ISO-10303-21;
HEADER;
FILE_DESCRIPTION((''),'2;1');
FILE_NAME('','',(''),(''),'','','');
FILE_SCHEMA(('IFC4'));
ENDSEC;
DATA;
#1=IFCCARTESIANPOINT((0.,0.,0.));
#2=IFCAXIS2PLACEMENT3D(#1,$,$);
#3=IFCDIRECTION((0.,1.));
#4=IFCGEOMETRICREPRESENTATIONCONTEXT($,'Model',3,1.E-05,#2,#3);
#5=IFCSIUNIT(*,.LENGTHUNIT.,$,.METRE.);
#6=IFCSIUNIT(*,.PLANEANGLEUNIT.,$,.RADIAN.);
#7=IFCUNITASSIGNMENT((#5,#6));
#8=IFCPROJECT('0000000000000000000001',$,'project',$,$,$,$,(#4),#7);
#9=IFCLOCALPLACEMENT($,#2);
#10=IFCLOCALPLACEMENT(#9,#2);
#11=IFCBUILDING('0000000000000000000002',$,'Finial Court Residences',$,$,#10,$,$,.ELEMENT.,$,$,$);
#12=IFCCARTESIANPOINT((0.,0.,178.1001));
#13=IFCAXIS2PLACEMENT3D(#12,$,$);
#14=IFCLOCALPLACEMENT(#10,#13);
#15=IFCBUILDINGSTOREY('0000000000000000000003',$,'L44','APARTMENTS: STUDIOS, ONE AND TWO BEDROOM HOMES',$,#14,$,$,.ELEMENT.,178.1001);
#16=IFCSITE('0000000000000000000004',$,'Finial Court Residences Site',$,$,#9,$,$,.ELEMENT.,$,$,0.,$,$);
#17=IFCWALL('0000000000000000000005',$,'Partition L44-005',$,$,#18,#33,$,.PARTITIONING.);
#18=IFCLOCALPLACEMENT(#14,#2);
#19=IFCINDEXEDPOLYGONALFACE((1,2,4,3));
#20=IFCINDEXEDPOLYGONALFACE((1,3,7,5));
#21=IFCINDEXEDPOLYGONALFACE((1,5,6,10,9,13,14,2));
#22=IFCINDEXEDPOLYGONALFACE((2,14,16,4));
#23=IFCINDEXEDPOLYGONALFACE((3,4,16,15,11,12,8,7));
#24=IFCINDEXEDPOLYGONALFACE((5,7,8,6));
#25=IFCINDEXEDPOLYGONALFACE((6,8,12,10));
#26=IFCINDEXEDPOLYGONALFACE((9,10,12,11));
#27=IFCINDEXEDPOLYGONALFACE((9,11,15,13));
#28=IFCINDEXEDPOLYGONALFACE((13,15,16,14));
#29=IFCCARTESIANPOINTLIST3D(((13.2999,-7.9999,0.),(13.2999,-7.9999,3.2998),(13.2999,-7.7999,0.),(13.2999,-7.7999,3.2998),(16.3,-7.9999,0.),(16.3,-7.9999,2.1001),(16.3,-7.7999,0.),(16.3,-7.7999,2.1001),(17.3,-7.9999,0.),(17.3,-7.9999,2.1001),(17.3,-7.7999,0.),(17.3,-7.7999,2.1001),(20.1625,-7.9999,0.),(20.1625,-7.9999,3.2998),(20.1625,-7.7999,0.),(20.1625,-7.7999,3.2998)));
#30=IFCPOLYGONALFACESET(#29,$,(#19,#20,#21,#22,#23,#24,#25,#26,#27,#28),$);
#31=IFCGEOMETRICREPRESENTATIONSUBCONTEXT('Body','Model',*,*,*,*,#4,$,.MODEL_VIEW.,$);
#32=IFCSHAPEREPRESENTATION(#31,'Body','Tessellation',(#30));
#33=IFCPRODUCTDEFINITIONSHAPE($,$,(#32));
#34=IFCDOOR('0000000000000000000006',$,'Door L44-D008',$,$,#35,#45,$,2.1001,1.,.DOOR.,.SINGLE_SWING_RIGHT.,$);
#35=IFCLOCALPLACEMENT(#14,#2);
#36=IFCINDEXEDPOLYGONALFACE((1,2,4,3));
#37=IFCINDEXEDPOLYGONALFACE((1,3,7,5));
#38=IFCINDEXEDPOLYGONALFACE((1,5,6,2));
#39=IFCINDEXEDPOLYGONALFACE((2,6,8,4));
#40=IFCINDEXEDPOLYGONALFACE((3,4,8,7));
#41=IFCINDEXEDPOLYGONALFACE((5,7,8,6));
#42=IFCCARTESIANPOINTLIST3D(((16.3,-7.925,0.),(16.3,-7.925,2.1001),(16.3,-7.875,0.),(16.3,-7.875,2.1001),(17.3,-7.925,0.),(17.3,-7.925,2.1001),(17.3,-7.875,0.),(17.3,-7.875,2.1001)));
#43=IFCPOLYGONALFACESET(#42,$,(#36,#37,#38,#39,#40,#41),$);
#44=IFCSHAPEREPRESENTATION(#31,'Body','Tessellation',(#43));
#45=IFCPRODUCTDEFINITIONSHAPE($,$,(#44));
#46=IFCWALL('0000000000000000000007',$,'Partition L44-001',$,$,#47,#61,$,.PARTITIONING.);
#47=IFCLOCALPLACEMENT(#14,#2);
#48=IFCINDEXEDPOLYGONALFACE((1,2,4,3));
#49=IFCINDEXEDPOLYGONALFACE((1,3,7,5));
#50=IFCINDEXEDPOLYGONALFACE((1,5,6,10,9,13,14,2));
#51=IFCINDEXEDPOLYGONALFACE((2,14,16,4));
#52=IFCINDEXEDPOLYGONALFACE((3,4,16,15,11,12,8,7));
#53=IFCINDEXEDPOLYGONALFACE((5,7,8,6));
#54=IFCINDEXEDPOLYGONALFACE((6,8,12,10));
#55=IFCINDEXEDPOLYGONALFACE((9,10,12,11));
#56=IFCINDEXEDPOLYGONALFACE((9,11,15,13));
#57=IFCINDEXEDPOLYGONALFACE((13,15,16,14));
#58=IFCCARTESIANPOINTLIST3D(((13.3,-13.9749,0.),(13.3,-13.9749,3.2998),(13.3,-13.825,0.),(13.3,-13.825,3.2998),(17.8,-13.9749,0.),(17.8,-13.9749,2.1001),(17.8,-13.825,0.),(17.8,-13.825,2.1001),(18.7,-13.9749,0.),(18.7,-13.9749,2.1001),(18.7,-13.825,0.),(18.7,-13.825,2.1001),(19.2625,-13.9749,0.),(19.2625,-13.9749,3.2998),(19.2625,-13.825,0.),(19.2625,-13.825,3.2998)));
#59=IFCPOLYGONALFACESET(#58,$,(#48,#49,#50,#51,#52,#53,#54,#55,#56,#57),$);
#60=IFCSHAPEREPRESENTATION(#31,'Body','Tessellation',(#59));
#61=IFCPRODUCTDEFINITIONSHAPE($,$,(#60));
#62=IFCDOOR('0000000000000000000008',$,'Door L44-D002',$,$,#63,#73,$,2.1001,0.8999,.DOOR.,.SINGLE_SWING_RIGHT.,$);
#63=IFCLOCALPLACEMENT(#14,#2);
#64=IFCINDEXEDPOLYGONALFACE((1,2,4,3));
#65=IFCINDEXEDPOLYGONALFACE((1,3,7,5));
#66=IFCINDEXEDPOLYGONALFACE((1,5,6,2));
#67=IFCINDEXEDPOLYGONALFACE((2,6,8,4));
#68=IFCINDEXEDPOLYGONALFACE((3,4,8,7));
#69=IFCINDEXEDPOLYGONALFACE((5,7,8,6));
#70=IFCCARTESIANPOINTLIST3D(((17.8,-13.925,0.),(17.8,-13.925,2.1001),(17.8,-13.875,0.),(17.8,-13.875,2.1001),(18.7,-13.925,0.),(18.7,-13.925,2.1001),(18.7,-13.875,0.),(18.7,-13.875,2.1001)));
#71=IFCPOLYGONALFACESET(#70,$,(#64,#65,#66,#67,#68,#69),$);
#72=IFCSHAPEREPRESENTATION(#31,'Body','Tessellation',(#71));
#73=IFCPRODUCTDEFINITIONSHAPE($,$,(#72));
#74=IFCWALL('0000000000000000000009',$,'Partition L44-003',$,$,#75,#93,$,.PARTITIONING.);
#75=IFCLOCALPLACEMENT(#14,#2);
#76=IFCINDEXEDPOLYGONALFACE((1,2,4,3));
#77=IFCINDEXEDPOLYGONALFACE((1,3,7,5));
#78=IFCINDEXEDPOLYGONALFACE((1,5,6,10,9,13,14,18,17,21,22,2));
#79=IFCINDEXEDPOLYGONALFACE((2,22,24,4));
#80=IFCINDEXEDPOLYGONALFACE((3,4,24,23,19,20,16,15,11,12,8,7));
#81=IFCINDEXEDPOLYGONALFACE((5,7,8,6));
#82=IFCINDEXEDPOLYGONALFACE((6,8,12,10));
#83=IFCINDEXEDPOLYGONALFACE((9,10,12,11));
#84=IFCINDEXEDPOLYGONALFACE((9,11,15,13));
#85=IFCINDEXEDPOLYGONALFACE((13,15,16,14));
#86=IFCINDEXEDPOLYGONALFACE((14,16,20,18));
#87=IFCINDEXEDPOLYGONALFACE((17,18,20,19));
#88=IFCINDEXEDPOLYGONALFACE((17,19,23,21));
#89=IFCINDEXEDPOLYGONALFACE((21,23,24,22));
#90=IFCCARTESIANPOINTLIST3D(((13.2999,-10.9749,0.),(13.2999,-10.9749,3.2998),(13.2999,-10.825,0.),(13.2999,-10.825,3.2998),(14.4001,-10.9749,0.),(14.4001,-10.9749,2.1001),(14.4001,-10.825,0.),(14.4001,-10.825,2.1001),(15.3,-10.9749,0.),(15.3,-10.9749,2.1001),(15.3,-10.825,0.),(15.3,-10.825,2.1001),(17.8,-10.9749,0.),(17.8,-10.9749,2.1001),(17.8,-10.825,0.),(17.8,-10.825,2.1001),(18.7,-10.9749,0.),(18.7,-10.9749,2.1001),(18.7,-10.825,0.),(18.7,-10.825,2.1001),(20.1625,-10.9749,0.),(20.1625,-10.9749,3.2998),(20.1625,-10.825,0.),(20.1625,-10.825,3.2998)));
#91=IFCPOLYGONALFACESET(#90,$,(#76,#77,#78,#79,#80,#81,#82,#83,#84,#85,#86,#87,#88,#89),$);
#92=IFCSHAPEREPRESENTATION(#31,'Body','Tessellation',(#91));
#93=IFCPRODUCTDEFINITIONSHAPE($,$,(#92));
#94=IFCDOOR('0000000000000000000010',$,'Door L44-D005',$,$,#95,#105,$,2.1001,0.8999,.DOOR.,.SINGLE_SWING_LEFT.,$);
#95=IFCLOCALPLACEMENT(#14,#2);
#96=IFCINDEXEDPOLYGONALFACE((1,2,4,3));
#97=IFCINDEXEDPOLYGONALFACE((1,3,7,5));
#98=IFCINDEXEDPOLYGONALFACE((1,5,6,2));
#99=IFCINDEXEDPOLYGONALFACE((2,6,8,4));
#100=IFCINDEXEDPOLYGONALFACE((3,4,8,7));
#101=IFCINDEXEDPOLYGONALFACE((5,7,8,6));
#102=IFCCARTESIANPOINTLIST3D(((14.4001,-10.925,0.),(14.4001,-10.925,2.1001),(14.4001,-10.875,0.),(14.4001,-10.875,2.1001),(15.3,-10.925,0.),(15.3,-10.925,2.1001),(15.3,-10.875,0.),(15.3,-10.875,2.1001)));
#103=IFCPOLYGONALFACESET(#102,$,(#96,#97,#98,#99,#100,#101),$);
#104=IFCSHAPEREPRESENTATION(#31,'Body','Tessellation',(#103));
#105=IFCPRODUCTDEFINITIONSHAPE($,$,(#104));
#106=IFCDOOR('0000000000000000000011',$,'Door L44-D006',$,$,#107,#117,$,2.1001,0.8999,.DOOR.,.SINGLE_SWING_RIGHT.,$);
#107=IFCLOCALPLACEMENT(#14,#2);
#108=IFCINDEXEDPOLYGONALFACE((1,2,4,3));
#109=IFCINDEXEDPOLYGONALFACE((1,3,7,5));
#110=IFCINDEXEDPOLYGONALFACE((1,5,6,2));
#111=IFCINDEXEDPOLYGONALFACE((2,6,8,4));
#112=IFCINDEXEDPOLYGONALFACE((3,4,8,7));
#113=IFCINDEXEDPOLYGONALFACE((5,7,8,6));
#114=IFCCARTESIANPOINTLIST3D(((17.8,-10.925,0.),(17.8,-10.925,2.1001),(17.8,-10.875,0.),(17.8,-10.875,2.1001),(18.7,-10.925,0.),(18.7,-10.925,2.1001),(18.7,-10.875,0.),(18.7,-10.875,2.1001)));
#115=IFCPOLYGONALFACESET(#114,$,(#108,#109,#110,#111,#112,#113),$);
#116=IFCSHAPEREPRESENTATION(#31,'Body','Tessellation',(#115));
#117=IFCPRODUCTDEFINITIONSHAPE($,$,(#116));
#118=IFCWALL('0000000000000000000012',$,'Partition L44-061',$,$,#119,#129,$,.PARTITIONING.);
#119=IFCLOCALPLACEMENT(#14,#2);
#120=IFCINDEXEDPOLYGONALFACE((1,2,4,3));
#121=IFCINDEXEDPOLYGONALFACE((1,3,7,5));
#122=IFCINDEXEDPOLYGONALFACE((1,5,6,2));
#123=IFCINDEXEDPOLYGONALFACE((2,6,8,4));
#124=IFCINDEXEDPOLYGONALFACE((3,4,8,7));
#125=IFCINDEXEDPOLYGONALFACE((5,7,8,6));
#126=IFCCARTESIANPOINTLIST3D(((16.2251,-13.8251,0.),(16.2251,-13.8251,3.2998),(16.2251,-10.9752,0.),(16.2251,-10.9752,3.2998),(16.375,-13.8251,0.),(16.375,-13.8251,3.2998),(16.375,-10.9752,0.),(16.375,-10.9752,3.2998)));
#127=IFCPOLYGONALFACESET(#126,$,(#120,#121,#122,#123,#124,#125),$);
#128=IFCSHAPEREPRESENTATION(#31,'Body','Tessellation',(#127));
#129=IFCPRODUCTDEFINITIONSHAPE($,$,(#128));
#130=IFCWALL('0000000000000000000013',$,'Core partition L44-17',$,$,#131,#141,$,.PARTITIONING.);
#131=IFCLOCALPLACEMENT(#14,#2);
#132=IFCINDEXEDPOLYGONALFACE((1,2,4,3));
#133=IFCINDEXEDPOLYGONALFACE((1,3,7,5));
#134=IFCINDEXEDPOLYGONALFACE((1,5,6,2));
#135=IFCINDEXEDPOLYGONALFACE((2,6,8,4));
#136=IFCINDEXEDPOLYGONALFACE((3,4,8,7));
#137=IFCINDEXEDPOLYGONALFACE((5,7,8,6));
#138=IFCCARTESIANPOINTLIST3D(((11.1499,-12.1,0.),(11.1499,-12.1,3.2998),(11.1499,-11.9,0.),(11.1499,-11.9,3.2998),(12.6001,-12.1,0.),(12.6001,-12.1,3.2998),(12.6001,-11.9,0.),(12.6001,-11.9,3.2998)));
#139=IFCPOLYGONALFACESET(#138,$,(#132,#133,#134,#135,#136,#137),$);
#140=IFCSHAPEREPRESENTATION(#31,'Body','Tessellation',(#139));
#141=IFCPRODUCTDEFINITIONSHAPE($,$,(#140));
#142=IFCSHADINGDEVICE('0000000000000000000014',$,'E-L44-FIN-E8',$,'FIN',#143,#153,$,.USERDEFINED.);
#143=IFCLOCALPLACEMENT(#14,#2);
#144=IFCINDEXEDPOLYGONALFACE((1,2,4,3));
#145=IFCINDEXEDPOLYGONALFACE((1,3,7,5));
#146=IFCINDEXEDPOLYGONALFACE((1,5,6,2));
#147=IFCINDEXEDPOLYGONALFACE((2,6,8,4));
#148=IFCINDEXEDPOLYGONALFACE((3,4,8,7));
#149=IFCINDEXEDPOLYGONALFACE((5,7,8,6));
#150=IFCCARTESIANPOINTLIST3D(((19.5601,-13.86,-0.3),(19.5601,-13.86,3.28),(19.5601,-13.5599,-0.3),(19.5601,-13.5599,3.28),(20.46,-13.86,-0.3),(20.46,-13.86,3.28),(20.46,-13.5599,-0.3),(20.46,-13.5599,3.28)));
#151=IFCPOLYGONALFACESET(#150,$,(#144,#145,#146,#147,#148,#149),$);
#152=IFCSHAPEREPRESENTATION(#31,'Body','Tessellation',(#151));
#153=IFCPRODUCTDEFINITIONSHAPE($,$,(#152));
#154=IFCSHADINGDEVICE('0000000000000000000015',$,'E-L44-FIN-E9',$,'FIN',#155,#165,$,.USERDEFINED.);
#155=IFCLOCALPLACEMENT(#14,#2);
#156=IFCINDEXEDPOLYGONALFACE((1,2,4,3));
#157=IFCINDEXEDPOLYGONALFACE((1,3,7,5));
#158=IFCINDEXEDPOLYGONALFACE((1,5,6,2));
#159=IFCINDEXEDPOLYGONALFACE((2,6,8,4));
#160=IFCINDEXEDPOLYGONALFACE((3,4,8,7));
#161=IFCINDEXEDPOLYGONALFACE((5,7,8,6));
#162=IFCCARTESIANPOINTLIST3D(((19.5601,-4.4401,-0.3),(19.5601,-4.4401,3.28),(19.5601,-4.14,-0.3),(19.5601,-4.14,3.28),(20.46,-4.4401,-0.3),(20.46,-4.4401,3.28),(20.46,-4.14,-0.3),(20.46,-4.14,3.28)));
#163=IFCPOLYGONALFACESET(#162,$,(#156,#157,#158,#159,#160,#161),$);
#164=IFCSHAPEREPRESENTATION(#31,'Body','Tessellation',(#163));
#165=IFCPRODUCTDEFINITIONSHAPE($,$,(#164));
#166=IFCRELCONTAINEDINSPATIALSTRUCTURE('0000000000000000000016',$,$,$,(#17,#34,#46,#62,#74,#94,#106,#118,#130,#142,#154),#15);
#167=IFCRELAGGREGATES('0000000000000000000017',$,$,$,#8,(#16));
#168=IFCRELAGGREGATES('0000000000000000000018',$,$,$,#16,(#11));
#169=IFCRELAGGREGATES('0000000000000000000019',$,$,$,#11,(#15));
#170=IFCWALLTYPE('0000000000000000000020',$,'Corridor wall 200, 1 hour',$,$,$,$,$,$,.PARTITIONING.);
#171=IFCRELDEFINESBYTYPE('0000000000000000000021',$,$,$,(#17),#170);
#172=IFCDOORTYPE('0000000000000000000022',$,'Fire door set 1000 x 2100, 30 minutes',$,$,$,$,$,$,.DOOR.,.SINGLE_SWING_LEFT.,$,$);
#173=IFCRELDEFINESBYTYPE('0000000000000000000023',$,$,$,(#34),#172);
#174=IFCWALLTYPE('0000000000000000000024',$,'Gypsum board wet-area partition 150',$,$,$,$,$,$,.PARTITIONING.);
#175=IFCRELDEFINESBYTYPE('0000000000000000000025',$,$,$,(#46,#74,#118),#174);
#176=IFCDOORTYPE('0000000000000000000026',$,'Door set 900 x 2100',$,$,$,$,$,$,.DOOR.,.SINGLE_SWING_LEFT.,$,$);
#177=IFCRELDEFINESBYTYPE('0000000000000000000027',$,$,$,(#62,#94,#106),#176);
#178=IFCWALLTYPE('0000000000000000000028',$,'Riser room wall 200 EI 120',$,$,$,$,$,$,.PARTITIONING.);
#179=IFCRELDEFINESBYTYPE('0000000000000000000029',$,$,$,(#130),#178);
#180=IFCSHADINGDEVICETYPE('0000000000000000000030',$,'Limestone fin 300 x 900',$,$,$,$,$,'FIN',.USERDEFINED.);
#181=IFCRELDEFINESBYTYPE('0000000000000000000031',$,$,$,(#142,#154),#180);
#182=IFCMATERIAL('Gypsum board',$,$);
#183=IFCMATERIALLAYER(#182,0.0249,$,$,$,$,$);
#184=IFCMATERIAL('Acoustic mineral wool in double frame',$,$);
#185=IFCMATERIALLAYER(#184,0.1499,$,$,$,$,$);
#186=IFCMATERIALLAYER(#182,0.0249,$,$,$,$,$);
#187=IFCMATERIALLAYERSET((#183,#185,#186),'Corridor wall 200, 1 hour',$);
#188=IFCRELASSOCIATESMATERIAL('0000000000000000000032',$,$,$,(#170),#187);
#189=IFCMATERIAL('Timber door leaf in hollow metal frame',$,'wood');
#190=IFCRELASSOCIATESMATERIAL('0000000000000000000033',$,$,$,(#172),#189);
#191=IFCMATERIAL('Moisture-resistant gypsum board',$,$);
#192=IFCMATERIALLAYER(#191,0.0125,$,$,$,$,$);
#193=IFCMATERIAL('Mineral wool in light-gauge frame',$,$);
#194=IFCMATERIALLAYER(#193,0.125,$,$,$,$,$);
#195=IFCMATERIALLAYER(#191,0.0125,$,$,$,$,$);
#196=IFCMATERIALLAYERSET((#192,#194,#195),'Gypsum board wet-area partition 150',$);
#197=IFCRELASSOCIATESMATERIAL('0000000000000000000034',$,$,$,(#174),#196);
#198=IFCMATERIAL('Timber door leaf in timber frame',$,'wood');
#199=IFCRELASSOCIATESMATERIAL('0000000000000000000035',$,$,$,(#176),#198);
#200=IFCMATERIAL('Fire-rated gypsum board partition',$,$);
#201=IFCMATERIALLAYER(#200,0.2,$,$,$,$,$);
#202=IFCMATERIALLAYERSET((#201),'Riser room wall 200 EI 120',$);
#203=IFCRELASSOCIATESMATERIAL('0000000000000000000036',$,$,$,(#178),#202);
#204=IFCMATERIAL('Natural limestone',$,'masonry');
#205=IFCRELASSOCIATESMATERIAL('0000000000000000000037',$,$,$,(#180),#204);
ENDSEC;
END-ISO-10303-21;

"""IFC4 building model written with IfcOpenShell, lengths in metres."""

from ifc_helpers import new_model, si_unit, direction, frame, frame_2d, origin, origin_2d, place, context, subcontext, project, spatial, rectangle, extrude, material, layer, layer_set, type_object, element, fill, save


model = new_model("IFC4")

# Units and contexts
model_context = context("Model", 3, precision=1e-05, world=origin(), true_north=direction((0.0, 1.0)))
body_context = subcontext(model_context, "Body", "Model", "MODEL_VIEW")
ifc_project = project(units=[si_unit("LENGTHUNIT", "METRE"), si_unit("PLANEANGLEUNIT", "RADIAN")], contexts=[model_context])

# Site, building, storey
site_placement = place(None, origin())
site = spatial("IfcSite", under=ifc_project, at=site_placement, Name="Finial Court Residences Site", CompositionType="ELEMENT", RefElevation=0.0)
building_placement = place(site_placement, origin())
building = spatial("IfcBuilding", under=site, at=building_placement, Name="Finial Court Residences", CompositionType="ELEMENT")
storey_placement = place(building_placement, frame((0.0, 0.0, 178.1001)))
storey = spatial("IfcBuildingStorey", under=building, at=storey_placement, Name="L44", Description="APARTMENTS: STUDIOS, ONE AND TWO BEDROOM HOMES", CompositionType="ELEMENT", Elevation=178.1001)

# Walls, openings, doors
ifc_material_1 = material(Name="Gypsum board")
ifc_layer_1 = layer(ifc_material_1, 0.0249)
ifc_material_2 = material(Name="Acoustic mineral wool in double frame")
ifc_layer_2 = layer(ifc_material_2, 0.1499)
ifc_layer_3 = layer(ifc_material_1, 0.0249)
ifc_layer_set_1 = layer_set([ifc_layer_1, ifc_layer_2, ifc_layer_3], Name="Corridor wall 200, 1 hour")
wall_type_1 = type_object("IfcWallType", Name="Corridor wall 200, 1 hour", PredefinedType="PARTITIONING", material=ifc_layer_set_1)
wall_1_placement = place(storey_placement, frame((13.3, -7.8999, 0.0), z_axis=(0.0, 0.0, 1.0), x_axis=(1.0, 0.0, 0.0)))
wall_1 = element("IfcWall", 1, at=wall_1_placement, inside=storey, type_object=wall_type_1, Name="Partition L44-005", PredefinedType="PARTITIONING", context=body_context, shape_type="SweptSolid", body=[
    extrude(rectangle(XDim=6.8625, YDim=0.2, at=frame_2d((3.4312, 0.0))), origin(), (0.0, 0.0, 1.0), 3.2998),
])
opening_1_placement = place(wall_1_placement, frame((3.0, 0.0, 0.0)))
opening_1 = element("IfcOpeningElement", 2, at=opening_1_placement, cuts=wall_1, PredefinedType="OPENING", context=body_context, shape_type="SweptSolid", body=[
    extrude(rectangle(XDim=1.0, YDim=2.1001, at=frame_2d((0.5, 1.05))), frame((0.0, 0.1099, 0.0), z_axis=(0.0, -1.0, 0.0), x_axis=(1.0, 0.0, 0.0)), (0.0, 0.0, 1.0), 0.22),
])
ifc_material_3 = material(Name="Timber door leaf in hollow metal frame", Category="wood")
door_type_1 = type_object("IfcDoorType", Name="Fire door set 1000 x 2100, 30 minutes", OperationType="SINGLE_SWING_LEFT", PredefinedType="DOOR", material=ifc_material_3)
door_1_placement = place(opening_1_placement, origin())
door_1 = element("IfcDoor", 3, at=door_1_placement, inside=storey, type_object=door_type_1, Name="Door L44-D008", OperationType="SINGLE_SWING_RIGHT", OverallHeight=2.1001, OverallWidth=1.0, PredefinedType="DOOR", context=body_context, shape_type="SweptSolid", body=[
    extrude(rectangle(XDim=1.0, YDim=2.1001, at=frame_2d((0.5, 1.05))), frame((0.0, 0.0249, 0.0), z_axis=(0.0, -1.0, 0.0), x_axis=(1.0, 0.0, 0.0)), (0.0, 0.0, 1.0), 0.05),
])
fill(opening_1, door_1)
ifc_material_4 = material(Name="Moisture-resistant gypsum board")
ifc_layer_4 = layer(ifc_material_4, 0.0125)
ifc_material_5 = material(Name="Mineral wool in light-gauge frame")
ifc_layer_5 = layer(ifc_material_5, 0.125)
ifc_layer_6 = layer(ifc_material_4, 0.0125)
ifc_layer_set_2 = layer_set([ifc_layer_4, ifc_layer_5, ifc_layer_6], Name="Gypsum board wet-area partition 150")
wall_type_2 = type_object("IfcWallType", Name="Gypsum board wet-area partition 150", PredefinedType="PARTITIONING", material=ifc_layer_set_2)
wall_2_placement = place(storey_placement, frame((13.3, -13.8999, 0.0), z_axis=(0.0, 0.0, 1.0), x_axis=(1.0, 0.0, 0.0)))
wall_2 = element("IfcWall", 4, at=wall_2_placement, inside=storey, type_object=wall_type_2, Name="Partition L44-001", PredefinedType="PARTITIONING", context=body_context, shape_type="SweptSolid", body=[
    extrude(rectangle(XDim=5.9624, YDim=0.1499, at=frame_2d((2.9812, 0.0))), origin(), (0.0, 0.0, 1.0), 3.2998),
])
opening_2_placement = place(wall_2_placement, frame((4.5, 0.0, 0.0)))
opening_2 = element("IfcOpeningElement", 5, at=opening_2_placement, cuts=wall_2, PredefinedType="OPENING", context=body_context, shape_type="SweptSolid", body=[
    extrude(rectangle(XDim=0.8999, YDim=2.1001, at=frame_2d((0.45, 1.05))), frame((0.0, 0.085, 0.0), z_axis=(0.0, -1.0, 0.0), x_axis=(1.0, 0.0, 0.0)), (0.0, 0.0, 1.0), 0.1699),
])
ifc_material_6 = material(Name="Timber door leaf in timber frame", Category="wood")
door_type_2 = type_object("IfcDoorType", Name="Door set 900 x 2100", OperationType="SINGLE_SWING_LEFT", PredefinedType="DOOR", material=ifc_material_6)
door_2_placement = place(opening_2_placement, origin())
door_2 = element("IfcDoor", 6, at=door_2_placement, inside=storey, type_object=door_type_2, Name="Door L44-D002", OperationType="SINGLE_SWING_RIGHT", OverallHeight=2.1001, OverallWidth=0.8999, PredefinedType="DOOR", context=body_context, shape_type="SweptSolid", body=[
    extrude(rectangle(XDim=0.8999, YDim=2.1001, at=frame_2d((0.45, 1.05))), frame((0.0, 0.0249, 0.0), z_axis=(0.0, -1.0, 0.0), x_axis=(1.0, 0.0, 0.0)), (0.0, 0.0, 1.0), 0.05),
])
fill(opening_2, door_2)

# Wall, openings, doors
wall_3_placement = place(storey_placement, frame((13.3, -10.8999, 0.0), z_axis=(0.0, 0.0, 1.0), x_axis=(1.0, 0.0, 0.0)))
wall_3 = element("IfcWall", 7, at=wall_3_placement, inside=storey, type_object=wall_type_2, Name="Partition L44-003", PredefinedType="PARTITIONING", context=body_context, shape_type="SweptSolid", body=[
    extrude(rectangle(XDim=6.8625, YDim=0.1499, at=frame_2d((3.4312, 0.0))), origin(), (0.0, 0.0, 1.0), 3.2998),
])
opening_3_placement = place(wall_3_placement, frame((1.1001, 0.0, 0.0)))
opening_3 = element("IfcOpeningElement", 8, at=opening_3_placement, cuts=wall_3, PredefinedType="OPENING", context=body_context, shape_type="SweptSolid", body=[
    extrude(rectangle(XDim=0.8999, YDim=2.1001, at=frame_2d((0.45, 1.05))), frame((0.0, 0.085, 0.0), z_axis=(0.0, -1.0, 0.0), x_axis=(1.0, 0.0, 0.0)), (0.0, 0.0, 1.0), 0.1699),
])
opening_4_placement = place(wall_3_placement, frame((4.5, 0.0, 0.0)))
opening_4 = element("IfcOpeningElement", 9, at=opening_4_placement, cuts=wall_3, PredefinedType="OPENING", context=body_context, shape_type="SweptSolid", body=[
    extrude(rectangle(XDim=0.8999, YDim=2.1001, at=frame_2d((0.45, 1.05))), frame((0.0, 0.085, 0.0), z_axis=(0.0, -1.0, 0.0), x_axis=(1.0, 0.0, 0.0)), (0.0, 0.0, 1.0), 0.1699),
])
door_3_placement = place(opening_3_placement, origin())
door_3 = element("IfcDoor", 10, at=door_3_placement, inside=storey, type_object=door_type_2, Name="Door L44-D005", OperationType="SINGLE_SWING_LEFT", OverallHeight=2.1001, OverallWidth=0.8999, PredefinedType="DOOR", context=body_context, shape_type="SweptSolid", body=[
    extrude(rectangle(XDim=0.8999, YDim=2.1001, at=frame_2d((0.45, 1.05))), frame((0.0, 0.0249, 0.0), z_axis=(0.0, -1.0, 0.0), x_axis=(1.0, 0.0, 0.0)), (0.0, 0.0, 1.0), 0.05),
])
fill(opening_3, door_3)
door_4_placement = place(opening_4_placement, origin())
door_4 = element("IfcDoor", 11, at=door_4_placement, inside=storey, type_object=door_type_2, Name="Door L44-D006", OperationType="SINGLE_SWING_RIGHT", OverallHeight=2.1001, OverallWidth=0.8999, PredefinedType="DOOR", context=body_context, shape_type="SweptSolid", body=[
    extrude(rectangle(XDim=0.8999, YDim=2.1001, at=frame_2d((0.45, 1.05))), frame((0.0, 0.0249, 0.0), z_axis=(0.0, -1.0, 0.0), x_axis=(1.0, 0.0, 0.0)), (0.0, 0.0, 1.0), 0.05),
])
fill(opening_4, door_4)

# Walls
wall_4_placement = place(storey_placement, frame((16.3, -13.825, 0.0), z_axis=(0.0, 0.0, 1.0), x_axis=(0.0, 1.0, 0.0)))
element("IfcWall", 12, at=wall_4_placement, inside=storey, type_object=wall_type_2, Name="Partition L44-061", PredefinedType="PARTITIONING", context=body_context, shape_type="SweptSolid", body=[
    extrude(rectangle(XDim=2.8499, YDim=0.1499, at=frame_2d((1.4248, 0.0))), origin(), (0.0, 0.0, 1.0), 3.2998),
])
ifc_material_7 = material(Name="Fire-rated gypsum board partition")
ifc_layer_7 = layer(ifc_material_7, 0.2)
ifc_layer_set_3 = layer_set([ifc_layer_7], Name="Riser room wall 200 EI 120")
wall_type_3 = type_object("IfcWallType", Name="Riser room wall 200 EI 120", PredefinedType="PARTITIONING", material=ifc_layer_set_3)
wall_5_placement = place(storey_placement, frame((11.1499, -12.0, 0.0), z_axis=(0.0, 0.0, 1.0), x_axis=(1.0, 0.0, 0.0)))
element("IfcWall", 13, at=wall_5_placement, inside=storey, type_object=wall_type_3, Name="Core partition L44-17", PredefinedType="PARTITIONING", context=body_context, shape_type="SweptSolid", body=[
    extrude(rectangle(XDim=1.4502, YDim=0.2, at=frame_2d((0.7251, 0.0))), origin(), (0.0, 0.0, 1.0), 3.2998),
])

# Shading devices
ifc_material_8 = material(Name="Natural limestone", Category="masonry")
shading_device_type = type_object("IfcShadingDeviceType", Name="Limestone fin 300 x 900", ElementType="FIN", PredefinedType="USERDEFINED", material=ifc_material_8)
for number, where, z_axis, x_axis, name in (
    (14, (20.01, -13.71, -0.3), (0.0, 0.0, 1.0), (1.0, 0.0, 0.0), "E-L44-FIN-E8"),
    (15, (20.01, -4.29, -0.3), (0.0, 0.0, 1.0), (1.0, 0.0, 0.0), "E-L44-FIN-E9"),
):
    element("IfcShadingDevice", number, at=place(storey_placement, frame(where, z_axis=z_axis, x_axis=x_axis)), inside=storey, type_object=shading_device_type, Name=name, ObjectType="FIN", PredefinedType="USERDEFINED", context=body_context, shape_type="SweptSolid", body=[
        extrude(rectangle(XDim=0.8999, YDim=0.3, at=origin_2d()), origin(), (0.0, 0.0, 1.0), 3.5801),
    ])

save(model, "model.ifc")
